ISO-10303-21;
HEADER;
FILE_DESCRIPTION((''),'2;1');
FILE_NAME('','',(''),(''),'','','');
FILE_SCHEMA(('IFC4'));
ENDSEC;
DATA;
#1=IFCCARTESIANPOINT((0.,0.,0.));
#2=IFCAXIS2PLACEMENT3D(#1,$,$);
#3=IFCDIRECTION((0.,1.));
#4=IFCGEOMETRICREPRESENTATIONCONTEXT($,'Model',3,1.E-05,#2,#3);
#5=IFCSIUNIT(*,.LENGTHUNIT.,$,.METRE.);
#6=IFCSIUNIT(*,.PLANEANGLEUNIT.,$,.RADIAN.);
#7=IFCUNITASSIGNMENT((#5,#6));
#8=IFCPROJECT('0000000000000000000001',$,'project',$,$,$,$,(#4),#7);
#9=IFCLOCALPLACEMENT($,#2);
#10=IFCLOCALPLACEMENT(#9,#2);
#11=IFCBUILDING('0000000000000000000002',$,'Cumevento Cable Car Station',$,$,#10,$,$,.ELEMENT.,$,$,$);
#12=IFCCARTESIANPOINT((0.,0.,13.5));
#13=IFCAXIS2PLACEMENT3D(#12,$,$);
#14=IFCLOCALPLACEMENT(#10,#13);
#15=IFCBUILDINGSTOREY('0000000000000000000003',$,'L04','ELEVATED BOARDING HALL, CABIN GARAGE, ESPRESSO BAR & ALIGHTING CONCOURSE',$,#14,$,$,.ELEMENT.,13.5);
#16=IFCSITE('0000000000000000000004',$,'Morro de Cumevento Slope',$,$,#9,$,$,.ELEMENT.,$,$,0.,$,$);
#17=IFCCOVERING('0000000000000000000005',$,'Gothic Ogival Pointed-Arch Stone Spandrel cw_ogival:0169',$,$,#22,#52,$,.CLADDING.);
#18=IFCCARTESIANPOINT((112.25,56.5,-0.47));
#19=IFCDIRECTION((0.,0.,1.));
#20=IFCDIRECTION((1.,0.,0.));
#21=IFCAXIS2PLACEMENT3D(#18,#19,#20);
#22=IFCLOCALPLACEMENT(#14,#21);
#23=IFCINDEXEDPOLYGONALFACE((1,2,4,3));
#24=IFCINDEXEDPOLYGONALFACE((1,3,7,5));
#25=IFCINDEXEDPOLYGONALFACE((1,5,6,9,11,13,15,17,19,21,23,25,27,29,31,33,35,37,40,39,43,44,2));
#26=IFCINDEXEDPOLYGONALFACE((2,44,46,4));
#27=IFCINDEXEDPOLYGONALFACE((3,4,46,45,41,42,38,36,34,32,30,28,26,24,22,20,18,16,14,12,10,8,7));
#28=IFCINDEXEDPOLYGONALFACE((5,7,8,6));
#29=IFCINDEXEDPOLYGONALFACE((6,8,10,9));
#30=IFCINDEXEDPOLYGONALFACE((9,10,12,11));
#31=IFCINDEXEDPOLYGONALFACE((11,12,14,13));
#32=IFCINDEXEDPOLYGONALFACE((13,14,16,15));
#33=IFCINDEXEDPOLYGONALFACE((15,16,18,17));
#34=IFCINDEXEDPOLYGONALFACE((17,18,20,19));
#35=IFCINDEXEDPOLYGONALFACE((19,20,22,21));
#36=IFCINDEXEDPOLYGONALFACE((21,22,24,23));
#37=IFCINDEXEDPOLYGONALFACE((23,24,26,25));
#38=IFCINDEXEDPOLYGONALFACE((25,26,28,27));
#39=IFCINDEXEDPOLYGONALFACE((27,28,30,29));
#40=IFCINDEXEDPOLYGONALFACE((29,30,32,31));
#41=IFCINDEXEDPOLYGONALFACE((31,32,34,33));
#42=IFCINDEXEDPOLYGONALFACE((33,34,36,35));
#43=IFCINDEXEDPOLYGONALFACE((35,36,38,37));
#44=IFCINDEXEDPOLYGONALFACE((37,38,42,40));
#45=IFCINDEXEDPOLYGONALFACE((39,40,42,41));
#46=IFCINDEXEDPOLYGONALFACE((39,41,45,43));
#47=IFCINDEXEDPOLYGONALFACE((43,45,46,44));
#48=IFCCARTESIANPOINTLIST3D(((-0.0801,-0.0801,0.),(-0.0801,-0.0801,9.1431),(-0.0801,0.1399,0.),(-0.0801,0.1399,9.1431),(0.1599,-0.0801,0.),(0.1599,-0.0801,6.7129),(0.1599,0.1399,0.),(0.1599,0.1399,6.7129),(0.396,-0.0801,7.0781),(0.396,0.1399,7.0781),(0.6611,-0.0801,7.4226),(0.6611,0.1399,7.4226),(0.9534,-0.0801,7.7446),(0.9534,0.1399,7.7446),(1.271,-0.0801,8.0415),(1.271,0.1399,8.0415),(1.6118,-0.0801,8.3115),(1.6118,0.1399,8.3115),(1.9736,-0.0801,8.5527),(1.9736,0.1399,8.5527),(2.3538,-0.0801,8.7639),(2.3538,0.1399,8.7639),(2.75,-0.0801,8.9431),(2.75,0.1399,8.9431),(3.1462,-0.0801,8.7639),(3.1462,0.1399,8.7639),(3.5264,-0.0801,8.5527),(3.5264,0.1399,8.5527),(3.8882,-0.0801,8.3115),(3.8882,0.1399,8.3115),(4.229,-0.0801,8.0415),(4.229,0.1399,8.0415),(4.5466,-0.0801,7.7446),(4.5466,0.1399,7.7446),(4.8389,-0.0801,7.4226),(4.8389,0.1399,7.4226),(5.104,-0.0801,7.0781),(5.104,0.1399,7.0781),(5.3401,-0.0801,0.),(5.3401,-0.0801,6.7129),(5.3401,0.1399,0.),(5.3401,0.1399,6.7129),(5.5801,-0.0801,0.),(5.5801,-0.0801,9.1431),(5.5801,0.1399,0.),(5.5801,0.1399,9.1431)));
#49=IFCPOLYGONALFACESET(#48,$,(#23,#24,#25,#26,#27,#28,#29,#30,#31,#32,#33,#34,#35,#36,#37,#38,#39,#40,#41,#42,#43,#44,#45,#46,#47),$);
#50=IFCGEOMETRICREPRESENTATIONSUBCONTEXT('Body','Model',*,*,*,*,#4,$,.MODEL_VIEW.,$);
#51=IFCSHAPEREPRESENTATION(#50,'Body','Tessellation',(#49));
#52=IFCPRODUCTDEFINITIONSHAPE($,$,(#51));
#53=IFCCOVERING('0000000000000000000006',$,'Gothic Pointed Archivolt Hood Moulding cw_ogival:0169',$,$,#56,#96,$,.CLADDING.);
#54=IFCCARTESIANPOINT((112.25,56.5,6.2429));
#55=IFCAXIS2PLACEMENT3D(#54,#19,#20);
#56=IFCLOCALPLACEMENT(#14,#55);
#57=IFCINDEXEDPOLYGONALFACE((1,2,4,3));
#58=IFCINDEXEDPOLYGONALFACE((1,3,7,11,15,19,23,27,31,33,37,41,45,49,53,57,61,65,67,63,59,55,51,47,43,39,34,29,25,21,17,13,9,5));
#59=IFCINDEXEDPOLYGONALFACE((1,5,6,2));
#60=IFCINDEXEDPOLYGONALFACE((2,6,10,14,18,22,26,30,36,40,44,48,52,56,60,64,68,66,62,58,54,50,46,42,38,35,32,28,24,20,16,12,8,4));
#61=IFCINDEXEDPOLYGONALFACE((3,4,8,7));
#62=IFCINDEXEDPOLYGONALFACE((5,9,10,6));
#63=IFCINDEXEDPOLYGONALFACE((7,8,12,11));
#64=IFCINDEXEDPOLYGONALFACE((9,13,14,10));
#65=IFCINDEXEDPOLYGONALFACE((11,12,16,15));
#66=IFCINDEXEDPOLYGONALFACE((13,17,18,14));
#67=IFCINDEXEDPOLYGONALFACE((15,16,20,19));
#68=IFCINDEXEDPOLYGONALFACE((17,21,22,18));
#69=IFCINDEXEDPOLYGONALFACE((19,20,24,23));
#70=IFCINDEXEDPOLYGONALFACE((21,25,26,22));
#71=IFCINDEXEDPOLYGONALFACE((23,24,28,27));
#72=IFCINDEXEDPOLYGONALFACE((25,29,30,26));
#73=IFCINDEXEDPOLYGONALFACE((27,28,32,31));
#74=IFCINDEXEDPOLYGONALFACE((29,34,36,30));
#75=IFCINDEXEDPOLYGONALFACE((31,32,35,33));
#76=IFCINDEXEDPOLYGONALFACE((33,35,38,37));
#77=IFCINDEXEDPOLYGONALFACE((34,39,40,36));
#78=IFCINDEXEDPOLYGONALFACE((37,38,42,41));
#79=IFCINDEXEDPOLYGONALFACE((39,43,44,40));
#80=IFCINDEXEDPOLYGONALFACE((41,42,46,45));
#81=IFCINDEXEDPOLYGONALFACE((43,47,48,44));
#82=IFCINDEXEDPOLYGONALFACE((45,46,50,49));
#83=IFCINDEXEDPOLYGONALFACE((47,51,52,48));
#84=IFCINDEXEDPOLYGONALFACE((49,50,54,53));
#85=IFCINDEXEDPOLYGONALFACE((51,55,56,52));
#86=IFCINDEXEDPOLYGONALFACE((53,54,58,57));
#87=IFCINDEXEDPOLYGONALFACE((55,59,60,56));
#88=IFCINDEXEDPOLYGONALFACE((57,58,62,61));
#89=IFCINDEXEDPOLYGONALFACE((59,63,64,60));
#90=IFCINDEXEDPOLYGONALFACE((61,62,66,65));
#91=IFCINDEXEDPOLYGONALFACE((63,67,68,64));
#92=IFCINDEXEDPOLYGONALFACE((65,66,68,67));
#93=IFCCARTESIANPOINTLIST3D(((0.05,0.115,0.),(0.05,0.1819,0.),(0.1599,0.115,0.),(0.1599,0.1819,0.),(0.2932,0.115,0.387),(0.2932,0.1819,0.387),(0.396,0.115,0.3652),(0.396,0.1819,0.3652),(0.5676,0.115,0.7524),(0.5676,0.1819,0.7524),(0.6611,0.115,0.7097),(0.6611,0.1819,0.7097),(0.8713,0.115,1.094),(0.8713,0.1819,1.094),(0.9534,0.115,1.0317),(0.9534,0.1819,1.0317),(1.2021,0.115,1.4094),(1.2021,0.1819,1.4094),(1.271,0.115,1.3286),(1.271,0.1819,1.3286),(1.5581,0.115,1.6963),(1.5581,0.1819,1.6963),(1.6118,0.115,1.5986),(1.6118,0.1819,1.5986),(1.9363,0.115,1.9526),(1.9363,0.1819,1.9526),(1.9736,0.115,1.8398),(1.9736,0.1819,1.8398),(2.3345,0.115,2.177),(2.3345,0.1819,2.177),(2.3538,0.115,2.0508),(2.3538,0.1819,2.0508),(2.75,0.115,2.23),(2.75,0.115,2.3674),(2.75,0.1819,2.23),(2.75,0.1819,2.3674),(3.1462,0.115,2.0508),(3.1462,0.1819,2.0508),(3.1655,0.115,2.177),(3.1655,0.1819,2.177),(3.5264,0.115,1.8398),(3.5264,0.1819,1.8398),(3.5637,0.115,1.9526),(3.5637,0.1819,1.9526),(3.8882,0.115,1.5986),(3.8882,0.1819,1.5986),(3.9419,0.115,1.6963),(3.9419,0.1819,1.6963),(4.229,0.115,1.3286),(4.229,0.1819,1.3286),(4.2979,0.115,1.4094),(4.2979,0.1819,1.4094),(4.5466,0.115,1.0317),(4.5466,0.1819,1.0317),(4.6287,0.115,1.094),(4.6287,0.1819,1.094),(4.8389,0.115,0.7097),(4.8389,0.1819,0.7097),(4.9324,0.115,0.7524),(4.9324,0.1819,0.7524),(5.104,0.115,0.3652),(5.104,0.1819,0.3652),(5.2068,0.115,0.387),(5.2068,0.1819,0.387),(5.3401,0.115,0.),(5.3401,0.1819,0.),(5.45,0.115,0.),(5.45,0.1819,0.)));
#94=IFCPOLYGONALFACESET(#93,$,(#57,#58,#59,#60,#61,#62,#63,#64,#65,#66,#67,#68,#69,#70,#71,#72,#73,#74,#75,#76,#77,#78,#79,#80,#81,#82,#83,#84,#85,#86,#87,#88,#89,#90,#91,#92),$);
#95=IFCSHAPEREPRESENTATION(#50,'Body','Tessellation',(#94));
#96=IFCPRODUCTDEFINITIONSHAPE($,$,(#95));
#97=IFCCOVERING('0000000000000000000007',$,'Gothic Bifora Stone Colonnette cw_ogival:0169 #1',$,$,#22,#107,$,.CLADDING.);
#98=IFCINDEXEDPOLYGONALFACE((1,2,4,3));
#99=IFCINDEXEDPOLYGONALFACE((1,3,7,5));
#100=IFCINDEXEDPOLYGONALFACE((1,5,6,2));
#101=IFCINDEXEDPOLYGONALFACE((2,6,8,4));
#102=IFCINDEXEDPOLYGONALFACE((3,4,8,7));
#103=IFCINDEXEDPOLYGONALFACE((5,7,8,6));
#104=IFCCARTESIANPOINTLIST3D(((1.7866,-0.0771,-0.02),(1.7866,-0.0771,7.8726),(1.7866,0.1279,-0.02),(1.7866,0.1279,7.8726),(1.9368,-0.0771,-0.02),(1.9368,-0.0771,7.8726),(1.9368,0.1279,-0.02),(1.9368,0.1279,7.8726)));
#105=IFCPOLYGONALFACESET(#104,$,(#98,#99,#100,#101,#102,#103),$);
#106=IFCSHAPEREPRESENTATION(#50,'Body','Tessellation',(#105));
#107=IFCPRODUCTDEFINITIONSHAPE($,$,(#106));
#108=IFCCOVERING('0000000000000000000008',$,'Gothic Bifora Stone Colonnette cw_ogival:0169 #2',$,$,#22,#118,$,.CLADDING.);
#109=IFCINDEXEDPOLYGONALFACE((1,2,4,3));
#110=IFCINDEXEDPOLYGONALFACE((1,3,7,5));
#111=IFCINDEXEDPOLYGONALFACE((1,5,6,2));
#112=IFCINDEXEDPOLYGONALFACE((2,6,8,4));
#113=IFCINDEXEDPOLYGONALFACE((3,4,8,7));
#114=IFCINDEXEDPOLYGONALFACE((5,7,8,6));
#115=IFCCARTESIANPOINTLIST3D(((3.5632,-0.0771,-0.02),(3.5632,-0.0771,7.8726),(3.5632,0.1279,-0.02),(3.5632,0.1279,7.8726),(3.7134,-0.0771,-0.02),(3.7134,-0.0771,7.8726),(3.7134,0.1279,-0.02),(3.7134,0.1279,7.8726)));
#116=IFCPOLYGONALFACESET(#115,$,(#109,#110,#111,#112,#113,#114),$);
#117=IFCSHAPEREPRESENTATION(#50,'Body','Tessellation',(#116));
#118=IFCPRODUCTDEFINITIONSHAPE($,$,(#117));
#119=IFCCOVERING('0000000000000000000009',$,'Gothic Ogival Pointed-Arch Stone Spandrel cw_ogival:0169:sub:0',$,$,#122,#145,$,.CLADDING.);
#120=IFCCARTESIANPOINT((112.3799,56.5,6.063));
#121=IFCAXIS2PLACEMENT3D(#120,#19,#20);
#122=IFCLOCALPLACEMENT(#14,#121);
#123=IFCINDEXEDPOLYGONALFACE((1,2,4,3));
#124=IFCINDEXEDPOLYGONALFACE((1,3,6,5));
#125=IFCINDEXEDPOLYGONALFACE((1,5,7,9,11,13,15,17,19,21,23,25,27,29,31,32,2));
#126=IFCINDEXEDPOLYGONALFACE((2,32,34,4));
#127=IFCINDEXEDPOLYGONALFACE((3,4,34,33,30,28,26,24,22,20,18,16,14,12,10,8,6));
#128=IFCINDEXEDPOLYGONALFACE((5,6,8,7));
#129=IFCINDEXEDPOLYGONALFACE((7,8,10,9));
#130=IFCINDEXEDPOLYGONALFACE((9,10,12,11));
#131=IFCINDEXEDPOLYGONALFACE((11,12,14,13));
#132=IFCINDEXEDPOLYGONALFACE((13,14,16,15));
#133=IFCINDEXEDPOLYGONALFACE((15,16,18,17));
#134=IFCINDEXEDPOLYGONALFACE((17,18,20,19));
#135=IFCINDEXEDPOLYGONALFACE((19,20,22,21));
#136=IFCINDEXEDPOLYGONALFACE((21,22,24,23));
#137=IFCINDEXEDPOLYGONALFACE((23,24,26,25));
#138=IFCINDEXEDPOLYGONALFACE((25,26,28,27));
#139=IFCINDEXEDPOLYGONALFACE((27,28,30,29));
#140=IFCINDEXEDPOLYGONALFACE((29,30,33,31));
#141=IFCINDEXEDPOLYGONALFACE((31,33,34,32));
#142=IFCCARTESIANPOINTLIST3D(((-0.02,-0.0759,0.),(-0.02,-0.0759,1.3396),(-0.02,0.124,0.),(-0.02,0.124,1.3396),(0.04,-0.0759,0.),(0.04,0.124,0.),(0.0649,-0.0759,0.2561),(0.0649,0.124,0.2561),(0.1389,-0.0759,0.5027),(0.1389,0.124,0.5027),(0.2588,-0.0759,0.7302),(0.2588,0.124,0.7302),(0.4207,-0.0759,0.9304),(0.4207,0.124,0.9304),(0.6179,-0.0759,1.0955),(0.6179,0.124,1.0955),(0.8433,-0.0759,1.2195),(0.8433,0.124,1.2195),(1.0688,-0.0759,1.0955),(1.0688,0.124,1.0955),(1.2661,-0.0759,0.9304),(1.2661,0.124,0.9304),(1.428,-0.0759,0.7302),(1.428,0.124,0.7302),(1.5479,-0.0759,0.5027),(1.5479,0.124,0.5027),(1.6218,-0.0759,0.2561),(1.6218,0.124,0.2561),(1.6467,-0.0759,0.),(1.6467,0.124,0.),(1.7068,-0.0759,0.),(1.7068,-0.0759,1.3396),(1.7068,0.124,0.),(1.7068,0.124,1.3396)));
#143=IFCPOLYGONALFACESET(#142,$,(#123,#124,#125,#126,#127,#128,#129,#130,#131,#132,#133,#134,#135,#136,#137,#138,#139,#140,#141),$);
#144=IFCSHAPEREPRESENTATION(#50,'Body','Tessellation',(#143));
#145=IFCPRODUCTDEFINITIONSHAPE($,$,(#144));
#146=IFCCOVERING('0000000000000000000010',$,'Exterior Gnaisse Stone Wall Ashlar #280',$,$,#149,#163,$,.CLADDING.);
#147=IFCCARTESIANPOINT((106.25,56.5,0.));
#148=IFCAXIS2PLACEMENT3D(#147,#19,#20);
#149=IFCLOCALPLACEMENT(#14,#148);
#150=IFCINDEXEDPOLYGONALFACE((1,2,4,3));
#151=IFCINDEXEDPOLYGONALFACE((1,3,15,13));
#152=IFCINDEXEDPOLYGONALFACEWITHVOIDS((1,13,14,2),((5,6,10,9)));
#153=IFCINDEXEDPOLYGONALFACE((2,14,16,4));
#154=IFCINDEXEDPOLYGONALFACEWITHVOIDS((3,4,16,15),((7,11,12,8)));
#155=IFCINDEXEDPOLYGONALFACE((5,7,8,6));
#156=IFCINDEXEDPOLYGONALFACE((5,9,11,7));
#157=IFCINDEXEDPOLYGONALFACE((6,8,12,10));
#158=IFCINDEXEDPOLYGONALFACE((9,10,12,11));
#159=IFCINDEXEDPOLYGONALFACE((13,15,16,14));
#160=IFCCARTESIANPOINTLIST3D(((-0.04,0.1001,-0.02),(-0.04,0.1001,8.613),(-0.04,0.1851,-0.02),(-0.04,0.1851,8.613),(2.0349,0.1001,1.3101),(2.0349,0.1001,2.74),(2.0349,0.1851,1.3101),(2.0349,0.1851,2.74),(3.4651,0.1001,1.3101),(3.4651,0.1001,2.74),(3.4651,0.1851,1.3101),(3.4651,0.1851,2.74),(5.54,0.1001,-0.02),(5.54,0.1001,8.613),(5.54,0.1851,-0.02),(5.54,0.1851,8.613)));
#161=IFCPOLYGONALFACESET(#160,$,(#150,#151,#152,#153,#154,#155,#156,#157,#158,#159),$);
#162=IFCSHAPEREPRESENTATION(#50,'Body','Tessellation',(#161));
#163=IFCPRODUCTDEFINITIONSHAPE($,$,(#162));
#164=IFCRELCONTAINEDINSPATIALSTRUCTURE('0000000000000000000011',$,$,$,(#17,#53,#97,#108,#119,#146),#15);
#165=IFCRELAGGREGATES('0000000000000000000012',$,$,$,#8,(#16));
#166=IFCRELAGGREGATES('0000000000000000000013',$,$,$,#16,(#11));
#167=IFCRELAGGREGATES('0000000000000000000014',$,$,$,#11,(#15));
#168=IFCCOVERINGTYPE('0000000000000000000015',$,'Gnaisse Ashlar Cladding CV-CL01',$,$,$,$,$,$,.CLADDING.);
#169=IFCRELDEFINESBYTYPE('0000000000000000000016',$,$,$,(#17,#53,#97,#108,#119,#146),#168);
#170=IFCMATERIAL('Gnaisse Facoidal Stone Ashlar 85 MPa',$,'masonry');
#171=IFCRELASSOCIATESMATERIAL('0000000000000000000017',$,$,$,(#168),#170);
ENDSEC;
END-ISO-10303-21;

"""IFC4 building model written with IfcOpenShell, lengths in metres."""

from ifc_helpers import new_model, si_unit, direction, frame, origin, place, context, subcontext, project, spatial, polyline, outline, extrude, material, type_object, element, save


model = new_model("IFC4")

# Units and contexts
model_context = context("Model", 3, precision=1e-05, world=origin(), true_north=direction((0.0, 1.0)))
body_context = subcontext(model_context, "Body", "Model", "MODEL_VIEW")
ifc_project = project(units=[si_unit("LENGTHUNIT", "METRE"), si_unit("PLANEANGLEUNIT", "RADIAN")], contexts=[model_context])

# Site, building, storey
site_placement = place(None, origin())
site = spatial("IfcSite", under=ifc_project, at=site_placement, Name="Morro de Cumevento Slope", CompositionType="ELEMENT", RefElevation=0.0)
building_placement = place(site_placement, origin())
building = spatial("IfcBuilding", under=site, at=building_placement, Name="Cumevento Cable Car Station", CompositionType="ELEMENT")
storey_placement = place(building_placement, frame((0.0, 0.0, 13.5)))
storey = spatial("IfcBuildingStorey", under=building, at=storey_placement, Name="L04", Description="ELEVATED BOARDING HALL, CABIN GARAGE, ESPRESSO BAR & ALIGHTING CONCOURSE", CompositionType="ELEMENT", Elevation=13.5)

# Coverings
ifc_material_1 = material(Name="Gnaisse Facoidal Stone Ashlar 85 MPa", Category="masonry")
covering_type = type_object("IfcCoveringType", Name="Gnaisse Ashlar Cladding CV-CL01", PredefinedType="CLADDING", material=ifc_material_1)
placement = place(storey_placement, frame((112.25, 56.5, -0.47), z_axis=(0.0, 0.0, 1.0), x_axis=(1.0, 0.0, 0.0)))
element("IfcCovering", 1, at=placement, inside=storey, type_object=covering_type, Name="Gothic Ogival Pointed-Arch Stone Spandrel cw_ogival:0169", PredefinedType="CLADDING", context=body_context, shape_type="SweptSolid", body=[
    extrude(outline(polyline([(-0.0801, 0.0), (-0.0801, 9.1431), (5.5801, 9.1431), (5.5801, 0.0), (5.3401, 0.0), (5.3401, 6.7129), (5.104, 7.0781), (4.8389, 7.4226), (4.5466, 7.7446), (4.229, 8.0415), (3.8882, 8.3115), (3.5264, 8.5527), (3.1462, 8.7639), (2.75, 8.9431), (2.3538, 8.7639), (1.9736, 8.5527), (1.6118, 8.3115), (1.271, 8.0415), (0.9534, 7.7446), (0.6611, 7.4226), (0.396, 7.0781), (0.1599, 6.7129), (0.1599, 0.0), (-0.0801, 0.0)])), frame((0.0, 0.1399, 0.0), z_axis=(0.0, -1.0, 0.0), x_axis=(1.0, 0.0, 0.0)), (0.0, 0.0, 1.0), 0.22),
])
covering_1_placement = place(storey_placement, frame((112.25, 56.5, 6.2429), z_axis=(0.0, 0.0, 1.0), x_axis=(1.0, 0.0, 0.0)))
element("IfcCovering", 2, at=covering_1_placement, inside=storey, type_object=covering_type, Name="Gothic Pointed Archivolt Hood Moulding cw_ogival:0169", PredefinedType="CLADDING", context=body_context, shape_type="SweptSolid", body=[
    extrude(outline(polyline([(0.1599, 0.0), (0.396, 0.3652), (0.6611, 0.7097), (0.9534, 1.0317), (1.271, 1.3286), (1.6118, 1.5986), (1.9736, 1.8398), (2.3538, 2.0508), (2.75, 2.23), (3.1462, 2.0508), (3.5264, 1.8398), (3.8882, 1.5986), (4.229, 1.3286), (4.5466, 1.0317), (4.8389, 0.7097), (5.104, 0.3652), (5.3401, 0.0), (5.45, 0.0), (5.2068, 0.387), (4.9324, 0.7524), (4.6287, 1.094), (4.2979, 1.4094), (3.9419, 1.6963), (3.5637, 1.9526), (3.1655, 2.177), (2.75, 2.3674), (2.3345, 2.177), (1.9363, 1.9526), (1.5581, 1.6963), (1.2021, 1.4094), (0.8713, 1.094), (0.5676, 0.7524), (0.2932, 0.387), (0.05, 0.0), (0.1599, 0.0)])), frame((0.0, 0.1819, 0.0), z_axis=(0.0, -1.0, 0.0), x_axis=(1.0, 0.0, 0.0)), (0.0, 0.0, 1.0), 0.0669),
])
element("IfcCovering", 3, at=placement, inside=storey, type_object=covering_type, Name="Gothic Bifora Stone Colonnette cw_ogival:0169 #1", PredefinedType="CLADDING", context=body_context, shape_type="SweptSolid", body=[
    extrude(outline(polyline([(1.7866, -0.02), (1.9368, -0.02), (1.9368, 7.8726), (1.7866, 7.8726), (1.7866, -0.02)])), frame((0.0, 0.1279, 0.0), z_axis=(0.0, -1.0, 0.0), x_axis=(1.0, 0.0, 0.0)), (0.0, 0.0, 1.0), 0.2051),
])
element("IfcCovering", 4, at=placement, inside=storey, type_object=covering_type, Name="Gothic Bifora Stone Colonnette cw_ogival:0169 #2", PredefinedType="CLADDING", context=body_context, shape_type="SweptSolid", body=[
    extrude(outline(polyline([(3.5632, -0.02), (3.7134, -0.02), (3.7134, 7.8726), (3.5632, 7.8726), (3.5632, -0.02)])), frame((0.0, 0.1279, 0.0), z_axis=(0.0, -1.0, 0.0), x_axis=(1.0, 0.0, 0.0)), (0.0, 0.0, 1.0), 0.2051),
])
covering_2_placement = place(storey_placement, frame((112.3799, 56.5, 6.063), z_axis=(0.0, 0.0, 1.0), x_axis=(1.0, 0.0, 0.0)))
element("IfcCovering", 5, at=covering_2_placement, inside=storey, type_object=covering_type, Name="Gothic Ogival Pointed-Arch Stone Spandrel cw_ogival:0169:sub:0", PredefinedType="CLADDING", context=body_context, shape_type="SweptSolid", body=[
    extrude(outline(polyline([(-0.02, 0.0), (-0.02, 1.3396), (1.7068, 1.3396), (1.7068, 0.0), (1.6467, 0.0), (1.6218, 0.2561), (1.5479, 0.5027), (1.428, 0.7302), (1.2661, 0.9304), (1.0688, 1.0955), (0.8433, 1.2195), (0.6179, 1.0955), (0.4207, 0.9304), (0.2588, 0.7302), (0.1389, 0.5027), (0.0649, 0.2561), (0.04, 0.0), (-0.02, 0.0)])), frame((0.0, 0.124, 0.0), z_axis=(0.0, -1.0, 0.0), x_axis=(1.0, 0.0, 0.0)), (0.0, 0.0, 1.0), 0.2),
])
covering_3_placement = place(storey_placement, frame((106.25, 56.5, 0.0), z_axis=(0.0, 0.0, 1.0), x_axis=(1.0, 0.0, 0.0)))
element("IfcCovering", 6, at=covering_3_placement, inside=storey, type_object=covering_type, Name="Exterior Gnaisse Stone Wall Ashlar #280", PredefinedType="CLADDING", context=body_context, shape_type="SweptSolid", body=[
    extrude(outline(polyline([(-0.04, -0.02), (5.54, -0.02), (5.54, 8.613), (-0.04, 8.613), (-0.04, -0.02)]), holes=[polyline([(2.0349, 1.3101), (3.4651, 1.3101), (3.4651, 2.74), (2.0349, 2.74), (2.0349, 1.3101)])]), frame((0.0, 0.1851, 0.0), z_axis=(0.0, -1.0, 0.0), x_axis=(1.0, 0.0, 0.0)), (0.0, 0.0, 1.0), 0.085),
])

save(model, "model.ifc")
